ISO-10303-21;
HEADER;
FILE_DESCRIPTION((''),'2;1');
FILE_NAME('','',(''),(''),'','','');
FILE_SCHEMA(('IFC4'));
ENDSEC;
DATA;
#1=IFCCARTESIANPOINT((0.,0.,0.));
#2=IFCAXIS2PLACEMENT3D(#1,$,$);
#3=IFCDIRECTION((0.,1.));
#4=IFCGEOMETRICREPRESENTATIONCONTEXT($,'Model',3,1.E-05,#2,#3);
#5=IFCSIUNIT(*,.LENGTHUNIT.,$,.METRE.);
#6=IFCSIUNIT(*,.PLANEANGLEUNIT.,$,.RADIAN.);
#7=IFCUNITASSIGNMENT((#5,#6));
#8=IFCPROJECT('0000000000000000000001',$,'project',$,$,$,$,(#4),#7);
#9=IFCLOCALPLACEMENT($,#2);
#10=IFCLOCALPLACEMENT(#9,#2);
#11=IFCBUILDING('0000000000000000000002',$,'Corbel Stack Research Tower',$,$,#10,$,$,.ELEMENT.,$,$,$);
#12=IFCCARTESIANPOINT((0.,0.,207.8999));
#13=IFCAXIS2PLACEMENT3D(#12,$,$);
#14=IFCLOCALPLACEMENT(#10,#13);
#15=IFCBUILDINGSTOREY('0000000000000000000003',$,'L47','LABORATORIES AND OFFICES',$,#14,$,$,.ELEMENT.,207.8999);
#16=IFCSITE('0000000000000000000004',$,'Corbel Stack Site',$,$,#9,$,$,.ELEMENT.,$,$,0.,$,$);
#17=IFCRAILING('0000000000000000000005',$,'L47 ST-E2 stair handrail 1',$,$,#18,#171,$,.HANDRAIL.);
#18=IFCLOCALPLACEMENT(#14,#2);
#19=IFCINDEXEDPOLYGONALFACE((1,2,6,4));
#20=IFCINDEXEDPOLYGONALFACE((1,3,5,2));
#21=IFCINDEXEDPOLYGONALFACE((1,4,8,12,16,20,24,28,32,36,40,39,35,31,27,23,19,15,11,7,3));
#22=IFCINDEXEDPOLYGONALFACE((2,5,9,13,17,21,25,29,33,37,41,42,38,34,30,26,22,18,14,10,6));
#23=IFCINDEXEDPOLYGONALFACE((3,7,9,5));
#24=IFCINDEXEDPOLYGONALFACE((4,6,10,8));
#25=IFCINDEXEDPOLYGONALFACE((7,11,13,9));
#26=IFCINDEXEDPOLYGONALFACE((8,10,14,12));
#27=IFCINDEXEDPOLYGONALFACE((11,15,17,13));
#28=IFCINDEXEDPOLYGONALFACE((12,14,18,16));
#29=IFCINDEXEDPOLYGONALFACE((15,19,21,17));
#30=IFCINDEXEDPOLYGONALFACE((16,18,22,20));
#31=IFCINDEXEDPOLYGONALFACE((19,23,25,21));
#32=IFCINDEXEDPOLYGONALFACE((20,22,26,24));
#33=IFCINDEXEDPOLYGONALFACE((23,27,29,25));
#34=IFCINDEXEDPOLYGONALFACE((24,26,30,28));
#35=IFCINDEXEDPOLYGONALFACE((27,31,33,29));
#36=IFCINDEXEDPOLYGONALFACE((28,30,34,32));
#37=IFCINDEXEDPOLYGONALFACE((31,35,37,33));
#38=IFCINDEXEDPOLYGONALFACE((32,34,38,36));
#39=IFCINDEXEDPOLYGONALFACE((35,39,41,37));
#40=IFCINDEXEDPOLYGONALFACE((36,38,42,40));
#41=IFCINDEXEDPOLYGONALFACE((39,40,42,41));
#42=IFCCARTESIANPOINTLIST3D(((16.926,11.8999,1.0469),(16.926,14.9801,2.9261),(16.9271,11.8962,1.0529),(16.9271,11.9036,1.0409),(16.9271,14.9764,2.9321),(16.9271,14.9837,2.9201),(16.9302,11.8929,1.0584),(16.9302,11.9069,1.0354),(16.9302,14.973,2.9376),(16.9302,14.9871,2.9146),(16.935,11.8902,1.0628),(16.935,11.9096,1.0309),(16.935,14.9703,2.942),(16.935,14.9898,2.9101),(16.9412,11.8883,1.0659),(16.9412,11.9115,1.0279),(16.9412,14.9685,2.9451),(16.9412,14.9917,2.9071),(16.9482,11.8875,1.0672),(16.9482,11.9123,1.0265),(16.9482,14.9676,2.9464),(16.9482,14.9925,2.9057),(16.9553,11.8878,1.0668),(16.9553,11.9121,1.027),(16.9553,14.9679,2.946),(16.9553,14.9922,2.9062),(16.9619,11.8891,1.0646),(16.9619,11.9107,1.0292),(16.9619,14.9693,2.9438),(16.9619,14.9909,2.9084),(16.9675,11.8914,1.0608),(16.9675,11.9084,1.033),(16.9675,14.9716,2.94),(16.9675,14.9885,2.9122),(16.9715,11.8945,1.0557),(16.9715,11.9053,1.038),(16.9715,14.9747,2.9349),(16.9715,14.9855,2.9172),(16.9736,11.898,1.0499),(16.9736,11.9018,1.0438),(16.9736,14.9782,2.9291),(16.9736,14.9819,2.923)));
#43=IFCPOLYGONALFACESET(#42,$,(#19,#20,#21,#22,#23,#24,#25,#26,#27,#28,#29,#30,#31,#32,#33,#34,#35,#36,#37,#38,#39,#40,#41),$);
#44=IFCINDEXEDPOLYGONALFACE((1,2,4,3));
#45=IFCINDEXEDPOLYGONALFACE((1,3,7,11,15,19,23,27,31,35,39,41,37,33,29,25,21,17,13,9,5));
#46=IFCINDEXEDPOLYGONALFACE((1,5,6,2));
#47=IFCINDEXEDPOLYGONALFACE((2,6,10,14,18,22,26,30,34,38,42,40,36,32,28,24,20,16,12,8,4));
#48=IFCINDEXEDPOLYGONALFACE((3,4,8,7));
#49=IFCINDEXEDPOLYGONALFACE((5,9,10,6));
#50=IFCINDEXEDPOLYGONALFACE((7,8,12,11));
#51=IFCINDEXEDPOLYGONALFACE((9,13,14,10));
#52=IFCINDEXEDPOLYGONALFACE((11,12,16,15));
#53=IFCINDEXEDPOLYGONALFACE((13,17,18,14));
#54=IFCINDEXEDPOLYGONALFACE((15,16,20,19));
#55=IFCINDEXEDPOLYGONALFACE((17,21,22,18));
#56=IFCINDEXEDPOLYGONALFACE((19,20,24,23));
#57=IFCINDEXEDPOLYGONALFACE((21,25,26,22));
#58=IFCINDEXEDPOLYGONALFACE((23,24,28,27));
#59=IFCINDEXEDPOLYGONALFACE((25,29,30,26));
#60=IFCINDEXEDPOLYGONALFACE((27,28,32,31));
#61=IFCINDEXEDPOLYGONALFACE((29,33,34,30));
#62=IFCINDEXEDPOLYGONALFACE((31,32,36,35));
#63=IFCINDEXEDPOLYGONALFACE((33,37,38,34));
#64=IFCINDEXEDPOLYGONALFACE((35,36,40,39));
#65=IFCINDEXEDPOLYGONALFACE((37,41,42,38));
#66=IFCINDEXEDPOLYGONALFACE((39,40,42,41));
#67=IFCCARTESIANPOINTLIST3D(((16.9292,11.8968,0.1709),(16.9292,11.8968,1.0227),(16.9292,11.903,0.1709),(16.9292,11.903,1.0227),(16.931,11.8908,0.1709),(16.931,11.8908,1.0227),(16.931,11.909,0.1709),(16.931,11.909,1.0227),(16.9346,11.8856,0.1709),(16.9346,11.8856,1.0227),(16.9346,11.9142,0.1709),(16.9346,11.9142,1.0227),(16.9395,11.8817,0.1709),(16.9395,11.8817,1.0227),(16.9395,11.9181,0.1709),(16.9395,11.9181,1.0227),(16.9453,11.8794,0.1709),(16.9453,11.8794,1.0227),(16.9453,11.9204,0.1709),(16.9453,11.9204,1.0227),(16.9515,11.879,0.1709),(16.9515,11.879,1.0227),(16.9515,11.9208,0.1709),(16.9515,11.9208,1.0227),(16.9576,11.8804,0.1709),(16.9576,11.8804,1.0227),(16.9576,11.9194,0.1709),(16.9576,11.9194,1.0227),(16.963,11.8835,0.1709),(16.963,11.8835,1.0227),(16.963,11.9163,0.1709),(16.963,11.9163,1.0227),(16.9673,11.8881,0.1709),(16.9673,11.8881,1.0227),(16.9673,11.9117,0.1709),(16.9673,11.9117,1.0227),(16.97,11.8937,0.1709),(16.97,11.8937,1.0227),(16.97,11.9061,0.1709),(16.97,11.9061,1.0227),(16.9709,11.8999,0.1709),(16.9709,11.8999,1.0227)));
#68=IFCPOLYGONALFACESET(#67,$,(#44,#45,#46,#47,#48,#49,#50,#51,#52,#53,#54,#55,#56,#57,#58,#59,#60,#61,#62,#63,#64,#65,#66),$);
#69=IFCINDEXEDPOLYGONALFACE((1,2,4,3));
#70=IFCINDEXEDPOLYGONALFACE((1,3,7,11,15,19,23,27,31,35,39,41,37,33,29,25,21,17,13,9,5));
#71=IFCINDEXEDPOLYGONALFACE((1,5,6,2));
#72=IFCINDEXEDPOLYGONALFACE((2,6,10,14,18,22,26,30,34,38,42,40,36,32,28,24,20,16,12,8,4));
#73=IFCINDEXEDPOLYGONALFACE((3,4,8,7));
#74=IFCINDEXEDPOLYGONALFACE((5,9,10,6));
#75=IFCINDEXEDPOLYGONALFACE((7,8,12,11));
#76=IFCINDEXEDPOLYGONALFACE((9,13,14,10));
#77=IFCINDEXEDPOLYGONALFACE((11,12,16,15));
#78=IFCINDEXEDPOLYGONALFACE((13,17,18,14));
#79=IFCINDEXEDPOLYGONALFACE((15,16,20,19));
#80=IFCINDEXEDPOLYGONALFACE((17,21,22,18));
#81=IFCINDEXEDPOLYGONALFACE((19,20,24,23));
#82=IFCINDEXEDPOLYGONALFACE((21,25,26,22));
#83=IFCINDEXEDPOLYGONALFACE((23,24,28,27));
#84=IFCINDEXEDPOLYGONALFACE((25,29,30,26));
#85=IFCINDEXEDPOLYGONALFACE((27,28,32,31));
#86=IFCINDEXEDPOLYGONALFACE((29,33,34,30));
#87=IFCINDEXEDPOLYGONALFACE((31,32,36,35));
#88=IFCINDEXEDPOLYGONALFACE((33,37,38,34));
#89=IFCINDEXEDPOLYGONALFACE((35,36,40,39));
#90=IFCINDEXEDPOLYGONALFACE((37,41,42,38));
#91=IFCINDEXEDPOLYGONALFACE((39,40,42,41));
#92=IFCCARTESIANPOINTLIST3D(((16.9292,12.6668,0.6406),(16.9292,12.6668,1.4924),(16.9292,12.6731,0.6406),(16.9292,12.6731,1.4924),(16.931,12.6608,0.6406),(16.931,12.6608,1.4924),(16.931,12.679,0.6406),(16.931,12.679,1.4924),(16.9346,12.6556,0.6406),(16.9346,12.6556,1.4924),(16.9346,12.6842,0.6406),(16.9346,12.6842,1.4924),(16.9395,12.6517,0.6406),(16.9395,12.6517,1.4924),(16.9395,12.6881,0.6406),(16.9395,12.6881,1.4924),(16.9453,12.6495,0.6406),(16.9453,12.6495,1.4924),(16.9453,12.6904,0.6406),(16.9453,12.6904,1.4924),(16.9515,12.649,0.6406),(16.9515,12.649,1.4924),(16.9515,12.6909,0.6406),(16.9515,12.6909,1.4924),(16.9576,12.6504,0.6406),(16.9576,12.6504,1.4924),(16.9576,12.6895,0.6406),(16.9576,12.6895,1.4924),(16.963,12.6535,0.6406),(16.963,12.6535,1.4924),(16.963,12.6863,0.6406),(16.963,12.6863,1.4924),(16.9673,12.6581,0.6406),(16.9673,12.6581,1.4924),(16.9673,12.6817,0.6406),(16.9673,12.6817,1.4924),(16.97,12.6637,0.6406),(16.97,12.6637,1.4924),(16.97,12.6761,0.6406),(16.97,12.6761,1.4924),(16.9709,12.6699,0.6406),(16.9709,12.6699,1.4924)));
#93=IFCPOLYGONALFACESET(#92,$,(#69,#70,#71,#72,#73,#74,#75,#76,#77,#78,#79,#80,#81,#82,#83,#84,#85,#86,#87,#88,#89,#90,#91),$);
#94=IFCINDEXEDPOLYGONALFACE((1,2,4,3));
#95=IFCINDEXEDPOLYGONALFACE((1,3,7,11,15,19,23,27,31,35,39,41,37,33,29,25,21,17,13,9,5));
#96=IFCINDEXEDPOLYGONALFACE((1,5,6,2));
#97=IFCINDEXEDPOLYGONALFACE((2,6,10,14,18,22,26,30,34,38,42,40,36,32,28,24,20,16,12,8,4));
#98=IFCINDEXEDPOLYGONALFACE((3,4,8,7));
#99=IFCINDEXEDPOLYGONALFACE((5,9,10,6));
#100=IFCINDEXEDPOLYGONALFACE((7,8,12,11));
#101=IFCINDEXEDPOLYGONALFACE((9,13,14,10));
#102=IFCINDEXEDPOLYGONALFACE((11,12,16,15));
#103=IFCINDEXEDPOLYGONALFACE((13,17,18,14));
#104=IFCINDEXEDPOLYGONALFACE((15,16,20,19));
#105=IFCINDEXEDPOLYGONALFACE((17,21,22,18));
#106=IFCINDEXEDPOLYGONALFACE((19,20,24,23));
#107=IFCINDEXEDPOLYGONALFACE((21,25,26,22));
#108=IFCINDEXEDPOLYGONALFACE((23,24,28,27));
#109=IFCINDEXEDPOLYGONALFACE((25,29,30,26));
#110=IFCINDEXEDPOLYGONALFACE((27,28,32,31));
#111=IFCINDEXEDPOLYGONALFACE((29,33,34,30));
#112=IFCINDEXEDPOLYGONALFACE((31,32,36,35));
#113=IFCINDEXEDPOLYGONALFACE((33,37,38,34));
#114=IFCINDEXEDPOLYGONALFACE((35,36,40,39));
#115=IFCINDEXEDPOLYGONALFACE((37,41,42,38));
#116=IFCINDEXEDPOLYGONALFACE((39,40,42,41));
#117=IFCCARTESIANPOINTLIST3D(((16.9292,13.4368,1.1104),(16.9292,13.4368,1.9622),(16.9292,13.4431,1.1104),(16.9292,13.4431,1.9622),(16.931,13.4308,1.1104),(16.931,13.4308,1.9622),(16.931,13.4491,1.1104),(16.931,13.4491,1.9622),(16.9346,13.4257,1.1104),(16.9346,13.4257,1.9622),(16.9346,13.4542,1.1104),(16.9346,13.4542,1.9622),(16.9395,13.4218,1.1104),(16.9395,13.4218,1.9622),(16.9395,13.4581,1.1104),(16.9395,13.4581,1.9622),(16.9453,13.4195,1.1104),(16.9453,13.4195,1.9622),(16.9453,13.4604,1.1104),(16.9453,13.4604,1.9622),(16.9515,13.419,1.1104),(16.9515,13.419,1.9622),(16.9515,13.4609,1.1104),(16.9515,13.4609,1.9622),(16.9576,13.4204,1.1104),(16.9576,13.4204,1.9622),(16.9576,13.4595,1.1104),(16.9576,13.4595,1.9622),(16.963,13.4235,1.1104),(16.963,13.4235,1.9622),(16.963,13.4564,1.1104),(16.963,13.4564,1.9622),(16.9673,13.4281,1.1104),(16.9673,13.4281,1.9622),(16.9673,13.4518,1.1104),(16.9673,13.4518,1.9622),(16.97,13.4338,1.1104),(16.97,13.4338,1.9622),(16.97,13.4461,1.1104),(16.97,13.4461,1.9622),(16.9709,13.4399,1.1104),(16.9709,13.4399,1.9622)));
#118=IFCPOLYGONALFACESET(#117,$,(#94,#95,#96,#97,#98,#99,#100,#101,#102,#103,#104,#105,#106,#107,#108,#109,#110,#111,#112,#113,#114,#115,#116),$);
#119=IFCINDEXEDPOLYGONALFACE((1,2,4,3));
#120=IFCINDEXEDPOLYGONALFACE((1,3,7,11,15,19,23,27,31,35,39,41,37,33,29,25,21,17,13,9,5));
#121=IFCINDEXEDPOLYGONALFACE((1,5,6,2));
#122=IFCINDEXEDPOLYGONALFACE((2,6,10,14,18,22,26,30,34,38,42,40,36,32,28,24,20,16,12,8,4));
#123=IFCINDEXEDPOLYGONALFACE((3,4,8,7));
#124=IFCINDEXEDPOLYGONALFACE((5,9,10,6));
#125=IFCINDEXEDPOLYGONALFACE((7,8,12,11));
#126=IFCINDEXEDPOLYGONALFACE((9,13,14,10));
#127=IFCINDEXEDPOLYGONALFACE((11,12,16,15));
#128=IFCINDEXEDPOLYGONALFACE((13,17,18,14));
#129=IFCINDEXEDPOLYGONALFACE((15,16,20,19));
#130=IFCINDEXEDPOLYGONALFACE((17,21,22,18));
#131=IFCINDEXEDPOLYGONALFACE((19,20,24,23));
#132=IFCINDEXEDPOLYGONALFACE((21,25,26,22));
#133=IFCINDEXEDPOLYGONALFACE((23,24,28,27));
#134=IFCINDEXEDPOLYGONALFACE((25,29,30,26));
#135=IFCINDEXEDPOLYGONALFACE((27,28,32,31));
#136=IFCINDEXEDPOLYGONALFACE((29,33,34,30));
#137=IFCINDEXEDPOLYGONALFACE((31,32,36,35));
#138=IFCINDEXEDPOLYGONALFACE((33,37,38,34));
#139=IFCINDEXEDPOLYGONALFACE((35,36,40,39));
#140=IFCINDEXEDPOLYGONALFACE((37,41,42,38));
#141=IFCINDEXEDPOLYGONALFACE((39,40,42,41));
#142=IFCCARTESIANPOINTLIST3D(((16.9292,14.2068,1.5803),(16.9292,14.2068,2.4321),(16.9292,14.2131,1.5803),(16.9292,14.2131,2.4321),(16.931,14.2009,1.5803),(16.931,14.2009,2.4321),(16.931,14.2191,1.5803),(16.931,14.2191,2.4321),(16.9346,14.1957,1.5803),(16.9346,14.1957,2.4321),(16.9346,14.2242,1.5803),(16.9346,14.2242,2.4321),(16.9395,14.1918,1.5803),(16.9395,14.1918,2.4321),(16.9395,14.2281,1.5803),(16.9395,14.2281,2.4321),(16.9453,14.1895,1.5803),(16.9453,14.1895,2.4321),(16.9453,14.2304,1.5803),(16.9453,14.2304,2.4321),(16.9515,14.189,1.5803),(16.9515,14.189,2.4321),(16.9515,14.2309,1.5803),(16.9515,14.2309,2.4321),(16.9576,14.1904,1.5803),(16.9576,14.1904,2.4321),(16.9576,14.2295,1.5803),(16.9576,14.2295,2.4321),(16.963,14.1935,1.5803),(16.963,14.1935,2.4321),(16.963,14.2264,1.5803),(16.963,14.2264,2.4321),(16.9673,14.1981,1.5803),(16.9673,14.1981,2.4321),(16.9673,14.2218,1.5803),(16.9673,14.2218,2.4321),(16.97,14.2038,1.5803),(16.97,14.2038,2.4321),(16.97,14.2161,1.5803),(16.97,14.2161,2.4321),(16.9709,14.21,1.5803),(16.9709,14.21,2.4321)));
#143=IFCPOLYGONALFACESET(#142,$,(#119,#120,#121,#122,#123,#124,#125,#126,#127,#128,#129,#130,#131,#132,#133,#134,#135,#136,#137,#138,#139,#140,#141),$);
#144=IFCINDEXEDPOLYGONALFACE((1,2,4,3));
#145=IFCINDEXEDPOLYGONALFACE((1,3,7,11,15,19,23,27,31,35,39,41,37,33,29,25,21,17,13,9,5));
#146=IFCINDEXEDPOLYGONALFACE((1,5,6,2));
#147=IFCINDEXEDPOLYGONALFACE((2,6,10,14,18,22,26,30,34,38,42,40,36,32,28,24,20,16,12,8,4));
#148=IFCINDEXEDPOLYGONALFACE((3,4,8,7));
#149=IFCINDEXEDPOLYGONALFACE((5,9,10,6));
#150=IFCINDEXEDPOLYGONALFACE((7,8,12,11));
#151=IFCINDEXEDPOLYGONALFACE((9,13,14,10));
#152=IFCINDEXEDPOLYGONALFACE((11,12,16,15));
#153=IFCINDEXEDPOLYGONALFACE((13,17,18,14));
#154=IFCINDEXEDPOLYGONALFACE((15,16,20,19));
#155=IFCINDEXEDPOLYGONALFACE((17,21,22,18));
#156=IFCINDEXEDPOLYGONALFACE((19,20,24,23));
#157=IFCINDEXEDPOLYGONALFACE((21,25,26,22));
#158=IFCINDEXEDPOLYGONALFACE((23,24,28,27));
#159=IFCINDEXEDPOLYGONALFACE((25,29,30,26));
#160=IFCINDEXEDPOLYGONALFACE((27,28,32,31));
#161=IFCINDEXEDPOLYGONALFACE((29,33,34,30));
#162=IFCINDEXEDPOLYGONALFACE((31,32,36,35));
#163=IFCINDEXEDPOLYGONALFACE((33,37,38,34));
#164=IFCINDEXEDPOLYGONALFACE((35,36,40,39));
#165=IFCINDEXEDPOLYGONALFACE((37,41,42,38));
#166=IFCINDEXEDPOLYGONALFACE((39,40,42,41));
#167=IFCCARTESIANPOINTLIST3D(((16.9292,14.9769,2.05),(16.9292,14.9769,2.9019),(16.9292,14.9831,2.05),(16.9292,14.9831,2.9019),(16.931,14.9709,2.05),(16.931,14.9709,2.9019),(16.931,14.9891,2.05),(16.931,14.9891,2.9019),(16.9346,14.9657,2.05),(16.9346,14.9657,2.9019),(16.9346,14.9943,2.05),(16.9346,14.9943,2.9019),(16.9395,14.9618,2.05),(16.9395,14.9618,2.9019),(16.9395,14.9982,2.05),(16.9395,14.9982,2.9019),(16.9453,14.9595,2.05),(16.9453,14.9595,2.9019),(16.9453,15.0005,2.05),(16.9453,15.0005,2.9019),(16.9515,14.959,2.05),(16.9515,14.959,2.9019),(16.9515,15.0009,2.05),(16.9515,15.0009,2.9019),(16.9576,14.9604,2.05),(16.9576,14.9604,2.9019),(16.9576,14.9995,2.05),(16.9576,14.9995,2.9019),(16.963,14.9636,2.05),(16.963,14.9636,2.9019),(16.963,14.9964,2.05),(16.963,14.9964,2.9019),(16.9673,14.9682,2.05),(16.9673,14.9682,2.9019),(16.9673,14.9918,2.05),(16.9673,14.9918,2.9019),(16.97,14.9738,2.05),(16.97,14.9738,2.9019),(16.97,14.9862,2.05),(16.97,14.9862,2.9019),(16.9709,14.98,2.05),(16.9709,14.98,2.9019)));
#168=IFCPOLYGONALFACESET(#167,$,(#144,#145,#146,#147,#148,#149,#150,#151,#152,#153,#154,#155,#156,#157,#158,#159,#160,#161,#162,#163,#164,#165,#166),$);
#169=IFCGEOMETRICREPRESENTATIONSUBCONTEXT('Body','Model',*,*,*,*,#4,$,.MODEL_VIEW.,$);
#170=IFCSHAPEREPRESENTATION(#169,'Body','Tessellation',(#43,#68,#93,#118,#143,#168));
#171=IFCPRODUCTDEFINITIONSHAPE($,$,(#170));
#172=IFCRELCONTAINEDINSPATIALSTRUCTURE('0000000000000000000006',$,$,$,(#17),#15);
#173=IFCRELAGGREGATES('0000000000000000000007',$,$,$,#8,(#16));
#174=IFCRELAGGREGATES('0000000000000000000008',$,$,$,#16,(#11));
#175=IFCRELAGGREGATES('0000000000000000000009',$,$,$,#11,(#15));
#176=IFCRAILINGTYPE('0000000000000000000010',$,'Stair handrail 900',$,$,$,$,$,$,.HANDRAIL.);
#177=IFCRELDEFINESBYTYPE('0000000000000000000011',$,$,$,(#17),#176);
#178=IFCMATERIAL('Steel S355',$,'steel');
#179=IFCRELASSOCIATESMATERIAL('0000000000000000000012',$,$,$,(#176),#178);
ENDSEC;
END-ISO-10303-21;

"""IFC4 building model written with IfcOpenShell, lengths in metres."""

from ifc_helpers import new_model, si_unit, direction, frame, origin, origin_2d, place, context, subcontext, project, spatial, circle, extrude, material, type_object, element, save


model = new_model("IFC4")

# Units and contexts
model_context = context("Model", 3, precision=1e-05, world=origin(), true_north=direction((0.0, 1.0)))
body_context = subcontext(model_context, "Body", "Model", "MODEL_VIEW")
ifc_project = project(units=[si_unit("LENGTHUNIT", "METRE"), si_unit("PLANEANGLEUNIT", "RADIAN")], contexts=[model_context])

# Site, building, storey
site_placement = place(None, origin())
site = spatial("IfcSite", under=ifc_project, at=site_placement, Name="Corbel Stack Site", CompositionType="ELEMENT", RefElevation=0.0)
building_placement = place(site_placement, origin())
building = spatial("IfcBuilding", under=site, at=building_placement, Name="Corbel Stack Research Tower", CompositionType="ELEMENT")
storey_placement = place(building_placement, frame((0.0, 0.0, 207.8999)))
storey = spatial("IfcBuildingStorey", under=building, at=storey_placement, Name="L47", Description="LABORATORIES AND OFFICES", CompositionType="ELEMENT", Elevation=207.8999)

# Railing
ifc_material_1 = material(Name="Steel S355", Category="steel")
railing_type_1 = type_object("IfcRailingType", Name="Stair handrail 900", PredefinedType="HANDRAIL", material=ifc_material_1)
railing_1_placement = place(storey_placement, frame((16.95, 11.8999, 0.1709)))
element("IfcRailing", 1, at=railing_1_placement, inside=storey, type_object=railing_type_1, Name="L47 ST-E2 stair handrail 1", PredefinedType="HANDRAIL", context=body_context, shape_type="SweptSolid", body=[
    extrude(circle(Radius=0.0239, at=origin_2d()), frame((0.0, 0.0, 0.876), z_axis=(0.0, 0.853666, 0.52082), x_axis=(-1.0, 0.0, 0.0)), (0.0, 0.0, 1.0), 3.6082),
    extrude(circle(Radius=0.021, at=origin_2d()), origin(), (0.0, 0.0, 1.0), 0.8518),
    extrude(circle(Radius=0.021, at=origin_2d()), frame((0.0, 0.77, 0.4697)), (0.0, 0.0, 1.0), 0.8518),
    extrude(circle(Radius=0.021, at=origin_2d()), frame((0.0, 1.54, 0.9395)), (0.0, 0.0, 1.0), 0.8518),
    extrude(circle(Radius=0.021, at=origin_2d()), frame((0.0, 2.3101, 1.4094)), (0.0, 0.0, 1.0), 0.8518),
    extrude(circle(Radius=0.021, at=origin_2d()), frame((0.0, 3.0801, 1.8792)), (0.0, 0.0, 1.0), 0.8518),
])

save(model, "model.ifc")
